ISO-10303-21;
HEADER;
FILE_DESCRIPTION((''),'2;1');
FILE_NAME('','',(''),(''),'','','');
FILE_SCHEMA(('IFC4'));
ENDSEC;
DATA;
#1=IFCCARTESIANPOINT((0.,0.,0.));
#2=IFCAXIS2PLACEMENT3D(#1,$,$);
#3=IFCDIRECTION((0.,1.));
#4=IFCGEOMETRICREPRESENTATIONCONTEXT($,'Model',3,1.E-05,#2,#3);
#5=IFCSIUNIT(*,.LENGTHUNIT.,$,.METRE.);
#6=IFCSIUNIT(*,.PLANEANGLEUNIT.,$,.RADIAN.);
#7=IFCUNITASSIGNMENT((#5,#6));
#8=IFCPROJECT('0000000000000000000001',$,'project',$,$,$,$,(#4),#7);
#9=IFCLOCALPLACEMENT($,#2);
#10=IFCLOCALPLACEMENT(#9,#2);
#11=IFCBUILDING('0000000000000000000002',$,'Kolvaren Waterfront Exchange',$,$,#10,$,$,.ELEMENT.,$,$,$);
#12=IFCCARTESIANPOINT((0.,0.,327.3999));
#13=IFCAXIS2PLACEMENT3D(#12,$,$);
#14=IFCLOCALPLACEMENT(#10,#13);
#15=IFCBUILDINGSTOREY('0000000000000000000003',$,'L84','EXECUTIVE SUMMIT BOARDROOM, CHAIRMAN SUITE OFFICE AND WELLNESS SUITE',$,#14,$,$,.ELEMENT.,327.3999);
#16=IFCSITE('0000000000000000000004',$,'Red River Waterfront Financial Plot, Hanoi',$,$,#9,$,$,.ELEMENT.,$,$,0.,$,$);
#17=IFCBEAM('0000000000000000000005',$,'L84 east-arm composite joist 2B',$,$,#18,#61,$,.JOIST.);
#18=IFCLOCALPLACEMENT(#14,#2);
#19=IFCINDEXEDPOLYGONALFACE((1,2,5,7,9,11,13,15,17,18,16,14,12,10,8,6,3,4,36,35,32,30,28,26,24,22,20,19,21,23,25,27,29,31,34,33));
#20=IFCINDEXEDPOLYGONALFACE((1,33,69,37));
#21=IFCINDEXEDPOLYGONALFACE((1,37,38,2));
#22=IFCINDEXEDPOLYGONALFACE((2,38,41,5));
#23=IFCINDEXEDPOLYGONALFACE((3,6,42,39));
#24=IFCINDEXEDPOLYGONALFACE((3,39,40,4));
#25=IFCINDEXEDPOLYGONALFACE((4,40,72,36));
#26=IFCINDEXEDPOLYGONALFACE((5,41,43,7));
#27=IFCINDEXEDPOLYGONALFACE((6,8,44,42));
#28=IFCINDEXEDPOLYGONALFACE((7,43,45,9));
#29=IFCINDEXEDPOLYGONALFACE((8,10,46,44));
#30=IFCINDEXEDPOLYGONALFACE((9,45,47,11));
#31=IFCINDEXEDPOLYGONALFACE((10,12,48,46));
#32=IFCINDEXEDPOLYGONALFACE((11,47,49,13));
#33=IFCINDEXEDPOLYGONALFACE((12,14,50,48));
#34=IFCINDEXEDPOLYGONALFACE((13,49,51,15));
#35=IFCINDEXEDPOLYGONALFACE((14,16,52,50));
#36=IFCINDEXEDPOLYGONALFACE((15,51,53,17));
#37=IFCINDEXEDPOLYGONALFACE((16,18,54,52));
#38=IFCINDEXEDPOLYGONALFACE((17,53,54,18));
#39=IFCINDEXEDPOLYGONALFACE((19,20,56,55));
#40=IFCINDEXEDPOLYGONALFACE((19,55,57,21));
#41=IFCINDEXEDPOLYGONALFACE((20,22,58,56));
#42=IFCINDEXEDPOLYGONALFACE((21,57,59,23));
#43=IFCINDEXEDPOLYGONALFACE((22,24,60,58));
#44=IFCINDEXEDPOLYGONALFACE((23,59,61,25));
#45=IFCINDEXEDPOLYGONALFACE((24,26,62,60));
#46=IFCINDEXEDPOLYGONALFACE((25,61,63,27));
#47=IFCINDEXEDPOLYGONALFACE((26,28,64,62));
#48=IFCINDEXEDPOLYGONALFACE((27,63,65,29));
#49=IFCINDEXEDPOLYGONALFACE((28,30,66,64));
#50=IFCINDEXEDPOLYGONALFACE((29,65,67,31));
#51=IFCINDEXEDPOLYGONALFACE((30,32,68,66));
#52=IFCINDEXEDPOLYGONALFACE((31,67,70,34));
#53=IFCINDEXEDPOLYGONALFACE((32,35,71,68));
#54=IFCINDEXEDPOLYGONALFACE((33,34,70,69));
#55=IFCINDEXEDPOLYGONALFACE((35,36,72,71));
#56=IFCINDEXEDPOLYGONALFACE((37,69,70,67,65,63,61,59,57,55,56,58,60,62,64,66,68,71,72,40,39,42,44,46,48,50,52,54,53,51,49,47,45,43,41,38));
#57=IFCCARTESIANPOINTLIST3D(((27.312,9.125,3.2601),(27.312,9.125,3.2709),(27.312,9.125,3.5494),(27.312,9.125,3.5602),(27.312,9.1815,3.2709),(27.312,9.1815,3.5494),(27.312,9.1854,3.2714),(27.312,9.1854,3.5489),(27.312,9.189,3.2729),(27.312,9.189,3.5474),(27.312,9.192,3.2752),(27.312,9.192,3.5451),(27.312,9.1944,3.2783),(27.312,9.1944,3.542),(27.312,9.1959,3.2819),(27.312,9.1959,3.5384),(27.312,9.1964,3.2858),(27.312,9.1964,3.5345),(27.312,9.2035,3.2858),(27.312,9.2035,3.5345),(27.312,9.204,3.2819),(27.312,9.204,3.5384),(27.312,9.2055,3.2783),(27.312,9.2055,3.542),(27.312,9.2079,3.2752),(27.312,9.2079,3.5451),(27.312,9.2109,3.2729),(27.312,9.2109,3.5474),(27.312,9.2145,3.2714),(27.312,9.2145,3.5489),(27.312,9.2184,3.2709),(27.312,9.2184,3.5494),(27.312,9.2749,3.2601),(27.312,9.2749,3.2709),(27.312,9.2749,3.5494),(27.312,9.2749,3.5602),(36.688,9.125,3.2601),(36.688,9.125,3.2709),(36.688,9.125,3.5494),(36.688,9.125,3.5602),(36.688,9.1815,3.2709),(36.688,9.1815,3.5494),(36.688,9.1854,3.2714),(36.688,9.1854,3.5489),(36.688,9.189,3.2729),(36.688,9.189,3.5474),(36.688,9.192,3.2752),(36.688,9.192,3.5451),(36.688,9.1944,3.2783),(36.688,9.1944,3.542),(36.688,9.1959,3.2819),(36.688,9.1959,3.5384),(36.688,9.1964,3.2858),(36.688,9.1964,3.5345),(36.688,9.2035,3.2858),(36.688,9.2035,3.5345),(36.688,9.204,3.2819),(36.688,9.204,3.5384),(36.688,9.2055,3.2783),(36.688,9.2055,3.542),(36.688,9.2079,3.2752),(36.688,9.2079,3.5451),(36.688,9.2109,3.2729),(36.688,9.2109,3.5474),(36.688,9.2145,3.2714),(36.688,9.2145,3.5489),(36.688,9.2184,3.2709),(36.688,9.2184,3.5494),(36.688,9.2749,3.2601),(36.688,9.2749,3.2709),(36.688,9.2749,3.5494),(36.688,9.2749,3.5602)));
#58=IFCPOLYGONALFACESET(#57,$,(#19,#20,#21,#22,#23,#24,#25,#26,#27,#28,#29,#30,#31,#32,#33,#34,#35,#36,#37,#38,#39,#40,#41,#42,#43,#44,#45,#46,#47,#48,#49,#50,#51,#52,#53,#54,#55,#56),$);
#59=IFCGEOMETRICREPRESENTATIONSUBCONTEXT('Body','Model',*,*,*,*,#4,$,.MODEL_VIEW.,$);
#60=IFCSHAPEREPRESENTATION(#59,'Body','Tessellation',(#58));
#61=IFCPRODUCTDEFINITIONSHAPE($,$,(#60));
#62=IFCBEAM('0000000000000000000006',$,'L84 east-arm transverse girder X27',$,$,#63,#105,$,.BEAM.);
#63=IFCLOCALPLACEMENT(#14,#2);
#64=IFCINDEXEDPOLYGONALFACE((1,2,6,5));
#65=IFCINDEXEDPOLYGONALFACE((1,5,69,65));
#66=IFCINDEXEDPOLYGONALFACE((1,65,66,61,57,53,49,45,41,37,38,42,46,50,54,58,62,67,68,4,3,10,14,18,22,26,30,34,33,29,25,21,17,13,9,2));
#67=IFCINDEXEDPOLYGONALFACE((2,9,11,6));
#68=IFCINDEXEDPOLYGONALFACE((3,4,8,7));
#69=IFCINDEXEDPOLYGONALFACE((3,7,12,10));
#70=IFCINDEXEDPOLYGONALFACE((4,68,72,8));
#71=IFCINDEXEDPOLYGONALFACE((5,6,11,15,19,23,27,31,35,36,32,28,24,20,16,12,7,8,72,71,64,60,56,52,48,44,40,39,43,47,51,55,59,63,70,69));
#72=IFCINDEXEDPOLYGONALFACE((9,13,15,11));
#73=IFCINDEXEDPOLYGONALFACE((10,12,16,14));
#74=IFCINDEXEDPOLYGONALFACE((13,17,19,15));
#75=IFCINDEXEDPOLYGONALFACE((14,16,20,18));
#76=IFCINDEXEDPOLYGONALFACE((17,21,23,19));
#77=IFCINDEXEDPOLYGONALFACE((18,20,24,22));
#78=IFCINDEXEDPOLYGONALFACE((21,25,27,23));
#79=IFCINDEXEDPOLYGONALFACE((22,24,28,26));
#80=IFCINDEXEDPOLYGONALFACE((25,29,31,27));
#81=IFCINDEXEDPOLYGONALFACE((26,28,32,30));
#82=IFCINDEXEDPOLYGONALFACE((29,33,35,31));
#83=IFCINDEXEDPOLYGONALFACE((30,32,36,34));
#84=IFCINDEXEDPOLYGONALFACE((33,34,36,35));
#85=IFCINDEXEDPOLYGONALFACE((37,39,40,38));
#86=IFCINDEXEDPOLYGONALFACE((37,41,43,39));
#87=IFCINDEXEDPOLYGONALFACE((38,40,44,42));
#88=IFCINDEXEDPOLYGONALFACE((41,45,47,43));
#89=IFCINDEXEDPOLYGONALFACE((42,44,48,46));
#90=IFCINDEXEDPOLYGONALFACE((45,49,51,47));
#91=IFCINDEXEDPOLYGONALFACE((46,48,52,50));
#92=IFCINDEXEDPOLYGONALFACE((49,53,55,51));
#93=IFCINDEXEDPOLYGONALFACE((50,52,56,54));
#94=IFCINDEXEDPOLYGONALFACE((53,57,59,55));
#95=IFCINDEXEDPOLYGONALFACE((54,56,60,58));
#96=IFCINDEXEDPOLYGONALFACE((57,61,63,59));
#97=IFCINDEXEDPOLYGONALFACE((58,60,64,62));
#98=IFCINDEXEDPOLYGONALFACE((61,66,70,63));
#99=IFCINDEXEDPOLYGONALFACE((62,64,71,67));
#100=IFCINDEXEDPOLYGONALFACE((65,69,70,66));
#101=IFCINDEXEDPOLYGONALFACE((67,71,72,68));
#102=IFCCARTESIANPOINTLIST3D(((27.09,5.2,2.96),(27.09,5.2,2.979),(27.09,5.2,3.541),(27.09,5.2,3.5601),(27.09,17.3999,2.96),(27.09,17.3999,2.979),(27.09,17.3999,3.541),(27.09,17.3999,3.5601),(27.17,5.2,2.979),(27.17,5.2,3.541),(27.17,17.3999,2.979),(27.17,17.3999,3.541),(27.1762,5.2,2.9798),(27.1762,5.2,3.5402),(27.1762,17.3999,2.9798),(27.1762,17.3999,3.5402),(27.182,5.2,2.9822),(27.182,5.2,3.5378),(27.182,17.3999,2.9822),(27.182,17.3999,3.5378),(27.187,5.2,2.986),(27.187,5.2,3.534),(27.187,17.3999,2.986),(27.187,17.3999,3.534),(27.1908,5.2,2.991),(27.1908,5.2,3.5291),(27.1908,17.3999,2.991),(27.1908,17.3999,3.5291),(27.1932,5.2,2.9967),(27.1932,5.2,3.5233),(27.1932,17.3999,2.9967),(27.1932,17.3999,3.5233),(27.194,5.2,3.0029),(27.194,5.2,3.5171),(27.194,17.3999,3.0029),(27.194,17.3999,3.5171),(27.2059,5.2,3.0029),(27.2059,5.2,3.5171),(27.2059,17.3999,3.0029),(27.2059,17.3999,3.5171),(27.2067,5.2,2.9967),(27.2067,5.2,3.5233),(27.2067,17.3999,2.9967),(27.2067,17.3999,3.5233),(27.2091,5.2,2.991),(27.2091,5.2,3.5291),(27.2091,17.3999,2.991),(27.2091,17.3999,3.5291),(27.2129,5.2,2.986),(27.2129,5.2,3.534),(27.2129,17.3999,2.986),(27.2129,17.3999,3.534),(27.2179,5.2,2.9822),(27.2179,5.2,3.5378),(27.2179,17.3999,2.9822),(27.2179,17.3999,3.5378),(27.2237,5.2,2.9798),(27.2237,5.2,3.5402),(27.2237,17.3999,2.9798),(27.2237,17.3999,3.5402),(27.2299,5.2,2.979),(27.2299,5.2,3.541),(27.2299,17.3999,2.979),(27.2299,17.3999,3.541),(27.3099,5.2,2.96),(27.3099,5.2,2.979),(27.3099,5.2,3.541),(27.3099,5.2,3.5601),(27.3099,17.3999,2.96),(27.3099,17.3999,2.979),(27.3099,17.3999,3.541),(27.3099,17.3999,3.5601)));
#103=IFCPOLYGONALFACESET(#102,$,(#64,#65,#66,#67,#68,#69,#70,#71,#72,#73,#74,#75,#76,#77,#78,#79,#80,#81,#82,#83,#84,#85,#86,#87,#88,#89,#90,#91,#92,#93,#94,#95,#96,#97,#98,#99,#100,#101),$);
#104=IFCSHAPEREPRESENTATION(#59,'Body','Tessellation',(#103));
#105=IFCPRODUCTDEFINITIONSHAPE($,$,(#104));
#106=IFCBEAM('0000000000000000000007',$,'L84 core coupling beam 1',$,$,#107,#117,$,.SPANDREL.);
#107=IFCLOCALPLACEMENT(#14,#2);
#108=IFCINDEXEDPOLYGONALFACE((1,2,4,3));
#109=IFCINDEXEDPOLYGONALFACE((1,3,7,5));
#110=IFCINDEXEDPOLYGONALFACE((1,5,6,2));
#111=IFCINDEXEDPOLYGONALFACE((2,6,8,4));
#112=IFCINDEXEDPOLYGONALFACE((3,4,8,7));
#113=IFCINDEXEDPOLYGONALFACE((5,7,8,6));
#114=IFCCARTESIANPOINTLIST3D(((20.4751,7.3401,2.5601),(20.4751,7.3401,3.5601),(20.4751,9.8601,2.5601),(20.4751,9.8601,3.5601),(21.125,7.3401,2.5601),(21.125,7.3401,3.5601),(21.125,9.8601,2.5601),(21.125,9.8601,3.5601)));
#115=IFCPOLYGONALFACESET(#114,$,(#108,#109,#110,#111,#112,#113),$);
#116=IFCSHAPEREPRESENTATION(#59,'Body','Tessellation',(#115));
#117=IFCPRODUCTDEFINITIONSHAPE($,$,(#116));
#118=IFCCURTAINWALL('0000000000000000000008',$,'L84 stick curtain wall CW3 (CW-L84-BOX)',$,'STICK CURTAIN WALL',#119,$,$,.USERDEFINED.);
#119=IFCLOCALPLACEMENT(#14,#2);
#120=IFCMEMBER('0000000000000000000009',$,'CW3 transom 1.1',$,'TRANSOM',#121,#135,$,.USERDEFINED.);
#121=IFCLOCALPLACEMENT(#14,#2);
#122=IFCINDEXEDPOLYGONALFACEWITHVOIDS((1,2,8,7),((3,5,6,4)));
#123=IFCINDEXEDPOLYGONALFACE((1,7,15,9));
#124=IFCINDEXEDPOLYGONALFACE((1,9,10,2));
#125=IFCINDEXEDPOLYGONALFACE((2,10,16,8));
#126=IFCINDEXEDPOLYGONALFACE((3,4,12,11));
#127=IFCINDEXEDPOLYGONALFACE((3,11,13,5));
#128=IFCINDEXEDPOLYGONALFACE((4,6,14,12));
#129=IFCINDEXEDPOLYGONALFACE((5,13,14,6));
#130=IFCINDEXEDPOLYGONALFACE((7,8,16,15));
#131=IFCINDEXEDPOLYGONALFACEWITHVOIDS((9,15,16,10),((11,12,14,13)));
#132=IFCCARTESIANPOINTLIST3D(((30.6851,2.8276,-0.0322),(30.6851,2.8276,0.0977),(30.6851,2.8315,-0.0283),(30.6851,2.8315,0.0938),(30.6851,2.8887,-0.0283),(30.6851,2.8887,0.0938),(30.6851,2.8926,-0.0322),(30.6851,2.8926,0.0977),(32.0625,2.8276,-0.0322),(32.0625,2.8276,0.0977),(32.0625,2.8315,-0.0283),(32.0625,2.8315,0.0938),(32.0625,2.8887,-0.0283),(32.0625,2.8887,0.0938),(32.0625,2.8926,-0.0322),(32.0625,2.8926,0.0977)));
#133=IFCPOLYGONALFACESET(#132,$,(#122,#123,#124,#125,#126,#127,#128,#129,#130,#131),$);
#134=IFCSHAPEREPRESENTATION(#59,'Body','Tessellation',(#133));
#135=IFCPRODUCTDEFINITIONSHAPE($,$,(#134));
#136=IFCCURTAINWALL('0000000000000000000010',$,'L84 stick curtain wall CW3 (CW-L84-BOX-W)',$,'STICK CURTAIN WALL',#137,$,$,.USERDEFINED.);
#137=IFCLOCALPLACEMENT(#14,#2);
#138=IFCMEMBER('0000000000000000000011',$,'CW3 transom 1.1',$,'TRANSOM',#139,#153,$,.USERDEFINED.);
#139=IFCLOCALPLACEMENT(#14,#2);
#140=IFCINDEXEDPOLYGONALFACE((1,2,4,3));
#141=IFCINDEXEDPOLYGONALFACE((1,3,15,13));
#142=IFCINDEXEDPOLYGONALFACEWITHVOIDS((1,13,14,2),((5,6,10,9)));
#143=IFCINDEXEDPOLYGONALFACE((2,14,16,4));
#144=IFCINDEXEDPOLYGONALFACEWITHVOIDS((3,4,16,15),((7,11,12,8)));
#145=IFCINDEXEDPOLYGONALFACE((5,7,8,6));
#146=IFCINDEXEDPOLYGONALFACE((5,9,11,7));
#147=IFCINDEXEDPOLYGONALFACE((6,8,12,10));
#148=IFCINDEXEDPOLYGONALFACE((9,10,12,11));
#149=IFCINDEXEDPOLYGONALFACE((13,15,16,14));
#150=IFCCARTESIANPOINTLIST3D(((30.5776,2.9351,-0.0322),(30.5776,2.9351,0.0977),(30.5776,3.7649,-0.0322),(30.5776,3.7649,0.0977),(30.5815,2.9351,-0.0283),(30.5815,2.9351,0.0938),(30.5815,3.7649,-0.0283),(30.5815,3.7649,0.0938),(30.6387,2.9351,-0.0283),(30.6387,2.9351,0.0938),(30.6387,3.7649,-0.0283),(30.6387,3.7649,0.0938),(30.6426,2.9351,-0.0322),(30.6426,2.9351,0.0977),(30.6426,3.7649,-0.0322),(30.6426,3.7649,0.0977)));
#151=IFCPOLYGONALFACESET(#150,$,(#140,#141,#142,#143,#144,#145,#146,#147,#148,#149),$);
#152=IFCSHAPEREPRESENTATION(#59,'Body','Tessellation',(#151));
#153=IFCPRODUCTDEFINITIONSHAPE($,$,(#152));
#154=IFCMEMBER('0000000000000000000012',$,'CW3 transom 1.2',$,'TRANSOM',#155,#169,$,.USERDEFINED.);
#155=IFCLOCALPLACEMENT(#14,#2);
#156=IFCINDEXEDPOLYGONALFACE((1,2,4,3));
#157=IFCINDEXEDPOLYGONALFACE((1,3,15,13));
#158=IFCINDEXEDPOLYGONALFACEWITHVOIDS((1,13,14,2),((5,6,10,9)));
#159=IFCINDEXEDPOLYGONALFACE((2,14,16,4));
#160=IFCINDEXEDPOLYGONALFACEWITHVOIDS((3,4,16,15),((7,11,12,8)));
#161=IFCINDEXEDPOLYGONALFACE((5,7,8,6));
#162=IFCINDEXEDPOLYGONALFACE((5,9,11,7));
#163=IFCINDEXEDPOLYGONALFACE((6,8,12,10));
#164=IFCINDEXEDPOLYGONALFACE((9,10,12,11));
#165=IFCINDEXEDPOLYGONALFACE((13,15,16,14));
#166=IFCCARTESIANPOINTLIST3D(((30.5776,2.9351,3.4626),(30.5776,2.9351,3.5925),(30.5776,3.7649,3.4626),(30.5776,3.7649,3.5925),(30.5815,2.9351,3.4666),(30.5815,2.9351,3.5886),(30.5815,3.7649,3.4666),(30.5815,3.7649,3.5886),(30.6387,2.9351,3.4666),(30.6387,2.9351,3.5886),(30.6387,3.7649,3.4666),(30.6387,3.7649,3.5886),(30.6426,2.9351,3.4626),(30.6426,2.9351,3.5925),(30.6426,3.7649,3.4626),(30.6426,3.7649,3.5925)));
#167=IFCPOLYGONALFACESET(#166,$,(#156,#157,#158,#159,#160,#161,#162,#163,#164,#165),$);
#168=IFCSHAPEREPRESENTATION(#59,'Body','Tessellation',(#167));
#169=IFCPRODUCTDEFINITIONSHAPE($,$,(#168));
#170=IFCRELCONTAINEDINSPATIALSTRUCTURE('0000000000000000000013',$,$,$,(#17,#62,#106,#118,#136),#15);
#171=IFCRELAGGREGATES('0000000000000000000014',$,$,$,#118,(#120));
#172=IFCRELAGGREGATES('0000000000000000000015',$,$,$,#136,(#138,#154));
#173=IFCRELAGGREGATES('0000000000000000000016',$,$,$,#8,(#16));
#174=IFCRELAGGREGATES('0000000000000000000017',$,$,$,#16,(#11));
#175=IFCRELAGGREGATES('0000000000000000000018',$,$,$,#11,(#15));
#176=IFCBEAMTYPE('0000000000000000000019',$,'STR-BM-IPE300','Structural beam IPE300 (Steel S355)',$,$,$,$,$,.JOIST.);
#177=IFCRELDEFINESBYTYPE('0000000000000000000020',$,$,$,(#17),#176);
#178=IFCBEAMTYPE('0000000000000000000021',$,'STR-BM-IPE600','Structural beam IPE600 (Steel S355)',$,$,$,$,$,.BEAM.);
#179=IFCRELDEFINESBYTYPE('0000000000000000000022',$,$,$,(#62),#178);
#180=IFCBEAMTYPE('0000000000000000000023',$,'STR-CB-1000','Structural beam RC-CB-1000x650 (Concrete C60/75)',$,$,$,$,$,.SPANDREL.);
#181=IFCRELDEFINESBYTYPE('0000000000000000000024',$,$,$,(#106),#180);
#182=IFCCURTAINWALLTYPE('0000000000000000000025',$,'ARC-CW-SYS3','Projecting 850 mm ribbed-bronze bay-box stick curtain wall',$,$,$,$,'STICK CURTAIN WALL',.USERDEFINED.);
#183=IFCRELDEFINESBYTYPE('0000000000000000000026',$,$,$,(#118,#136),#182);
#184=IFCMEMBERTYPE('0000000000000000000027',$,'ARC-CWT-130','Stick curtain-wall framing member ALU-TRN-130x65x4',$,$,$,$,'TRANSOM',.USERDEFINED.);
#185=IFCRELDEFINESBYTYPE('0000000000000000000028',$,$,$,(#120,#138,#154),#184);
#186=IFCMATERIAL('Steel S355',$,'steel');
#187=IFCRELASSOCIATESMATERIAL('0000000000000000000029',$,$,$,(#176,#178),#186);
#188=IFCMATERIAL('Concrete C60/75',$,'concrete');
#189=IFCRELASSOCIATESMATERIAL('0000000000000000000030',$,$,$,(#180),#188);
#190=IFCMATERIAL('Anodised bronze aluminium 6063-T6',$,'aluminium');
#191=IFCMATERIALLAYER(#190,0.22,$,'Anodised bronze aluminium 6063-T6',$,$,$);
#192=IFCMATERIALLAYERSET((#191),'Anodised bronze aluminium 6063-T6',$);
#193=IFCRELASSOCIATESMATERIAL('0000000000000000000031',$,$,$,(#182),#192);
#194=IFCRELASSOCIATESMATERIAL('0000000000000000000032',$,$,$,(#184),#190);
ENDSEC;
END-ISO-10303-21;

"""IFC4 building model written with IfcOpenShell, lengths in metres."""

from ifc_helpers import new_model, si_unit, direction, frame, origin, origin_with_axes, origin_2d, place, context, subcontext, project, spatial, rectangle, hollow_rectangle, i_section, extrude, source, transform, mapped, material, layer, layer_set, material_profile, profile_set, type_object, element, aggregate, save


model = new_model("IFC4")

# Units and contexts
model_context = context("Model", 3, precision=1e-05, world=origin(), true_north=direction((0.0, 1.0)))
body_context = subcontext(model_context, "Body", "Model", "MODEL_VIEW")
ifc_project = project(units=[si_unit("LENGTHUNIT", "METRE"), si_unit("PLANEANGLEUNIT", "RADIAN")], contexts=[model_context])

# Site, building, storey
site_placement = place(None, origin())
site = spatial("IfcSite", under=ifc_project, at=site_placement, Name="Red River Waterfront Financial Plot, Hanoi", CompositionType="ELEMENT", RefElevation=0.0)
building_placement = place(site_placement, origin())
building = spatial("IfcBuilding", under=site, at=building_placement, Name="Kolvaren Waterfront Exchange", CompositionType="ELEMENT")
storey_placement = place(building_placement, frame((0.0, 0.0, 327.3999)))
storey = spatial("IfcBuildingStorey", under=building, at=storey_placement, Name="L84", Description="EXECUTIVE SUMMIT BOARDROOM, CHAIRMAN SUITE OFFICE AND WELLNESS SUITE", CompositionType="ELEMENT", Elevation=327.3999)

# Beams
ifc_material_1 = material(Name="Steel S355", Category="steel")
ifc_material_profile_1 = material_profile(ifc_material_1, i_section(OverallWidth=0.1499, OverallDepth=0.3, WebThickness=0.0071, FlangeThickness=0.0107, FilletRadius=0.0149, at=origin_2d()), Name="IPE300")
ifc_profile_set_1 = profile_set([ifc_material_profile_1], Name="Steel S355")
beam_type_1 = type_object("IfcBeamType", Name="STR-BM-IPE300", Description="Structural beam IPE300 (Steel S355)", PredefinedType="JOIST", material=ifc_profile_set_1)
beam_1_placement = place(storey_placement, frame((27.312, 9.2, 3.4102), z_axis=(1.0, 0.0, 0.0), x_axis=(0.0, 1.0, 0.0)))
element("IfcBeam", 1, at=beam_1_placement, inside=storey, type_object=beam_type_1, Name="L84 east-arm composite joist 2B", PredefinedType="JOIST", context=body_context, shape_type="SweptSolid", body=[
    extrude(i_section(OverallWidth=0.1499, OverallDepth=0.3, WebThickness=0.0071, FlangeThickness=0.0107, FilletRadius=0.0149, at=origin_2d()), origin(), (0.0, 0.0, 1.0), 9.376),
])
ifc_material_profile_2 = material_profile(ifc_material_1, i_section(OverallWidth=0.22, OverallDepth=0.6001, WebThickness=0.012, FlangeThickness=0.019, FilletRadius=0.0239, at=origin_2d()), Name="IPE600")
ifc_profile_set_2 = profile_set([ifc_material_profile_2], Name="Steel S355")
beam_type_2 = type_object("IfcBeamType", Name="STR-BM-IPE600", Description="Structural beam IPE600 (Steel S355)", PredefinedType="BEAM", material=ifc_profile_set_2)
beam_2_placement = place(storey_placement, frame((27.2, 5.2, 3.26), z_axis=(0.0, 1.0, 0.0), x_axis=(-1.0, 0.0, 0.0)))
element("IfcBeam", 2, at=beam_2_placement, inside=storey, type_object=beam_type_2, Name="L84 east-arm transverse girder X27", PredefinedType="BEAM", context=body_context, shape_type="SweptSolid", body=[
    extrude(i_section(OverallWidth=0.22, OverallDepth=0.6001, WebThickness=0.012, FlangeThickness=0.019, FilletRadius=0.0239, at=origin_2d()), origin(), (0.0, 0.0, 1.0), 12.2),
])
ifc_material_2 = material(Name="Concrete C60/75", Category="concrete")
ifc_material_profile_3 = material_profile(ifc_material_2, rectangle(XDim=0.6499, YDim=1.0, at=origin_2d()), Name="RC-CB-1000x650")
ifc_profile_set_3 = profile_set([ifc_material_profile_3], Name="Concrete C60/75")
beam_type_3 = type_object("IfcBeamType", Name="STR-CB-1000", Description="Structural beam RC-CB-1000x650 (Concrete C60/75)", PredefinedType="SPANDREL", material=ifc_profile_set_3)
beam_3_placement = place(storey_placement, frame((20.8, 7.3401, 3.0601), z_axis=(0.0, 1.0, 0.0), x_axis=(-1.0, 0.0, 0.0)))
element("IfcBeam", 3, at=beam_3_placement, inside=storey, type_object=beam_type_3, Name="L84 core coupling beam 1", PredefinedType="SPANDREL", context=body_context, shape_type="SweptSolid", body=[
    extrude(rectangle(XDim=0.6499, YDim=1.0, at=origin_2d()), origin(), (0.0, 0.0, 1.0), 2.52),
])

# Curtain wall, member
ifc_material_3 = material(Name="Anodised bronze aluminium 6063-T6", Category="aluminium")
ifc_layer_1 = layer(ifc_material_3, 0.22, Name="Anodised bronze aluminium 6063-T6")
ifc_layer_set_1 = layer_set([ifc_layer_1], Name="Anodised bronze aluminium 6063-T6")
curtain_wall_type_1 = type_object("IfcCurtainWallType", Name="ARC-CW-SYS3", Description="Projecting 850 mm ribbed-bronze bay-box stick curtain wall", ElementType="STICK CURTAIN WALL", PredefinedType="USERDEFINED", material=ifc_layer_set_1)
curtain_wall_1_placement = place(storey_placement, origin())
curtain_wall_1 = element("IfcCurtainWall", 4, at=curtain_wall_1_placement, inside=storey, type_object=curtain_wall_type_1, Name="L84 stick curtain wall CW3 (CW-L84-BOX)", ObjectType="STICK CURTAIN WALL", PredefinedType="USERDEFINED")
ifc_material_profile_4 = material_profile(ifc_material_3, hollow_rectangle(XDim=0.0649, YDim=0.1299, WallThickness=0.0039, at=origin_2d()), Name="ALU-TRN-130x65x4")
ifc_profile_set_4 = profile_set([ifc_material_profile_4], Name="Anodised bronze aluminium 6063-T6")
member_type_1 = type_object("IfcMemberType", Name="ARC-CWT-130", Description="Stick curtain-wall framing member ALU-TRN-130x65x4", ElementType="TRANSOM", PredefinedType="USERDEFINED", material=ifc_profile_set_4)
shared_shape_1 = source(origin_with_axes(), body_context, "Body", "SweptSolid", [
    extrude(hollow_rectangle(XDim=0.0649, YDim=0.1299, WallThickness=0.0039, at=origin_2d()), origin(), (0.0, 0.0, 1.0), 1.3774),
])
member_1_placement = place(storey_placement, frame((30.6851, 2.8601, 0.0327), z_axis=(1.0, 0.0, 0.0), x_axis=(0.0, 1.0, 0.0)))
member_1 = element("IfcMember", 5, at=member_1_placement, type_object=member_type_1, Name="CW3 transom 1.1", ObjectType="TRANSOM", PredefinedType="USERDEFINED", context=body_context, shape_type="MappedRepresentation", body=[
    mapped(shared_shape_1, transform((0.0, 0.0, 0.0), x_axis=(1.0, 0.0, 0.0), y_axis=(0.0, 1.0, 0.0), z_axis=(0.0, 0.0, 1.0), scale=1.0)),
])

# Curtain wall, members
curtain_wall_2_placement = place(storey_placement, origin())
curtain_wall_2 = element("IfcCurtainWall", 6, at=curtain_wall_2_placement, inside=storey, type_object=curtain_wall_type_1, Name="L84 stick curtain wall CW3 (CW-L84-BOX-W)", ObjectType="STICK CURTAIN WALL", PredefinedType="USERDEFINED")
shared_shape_2 = source(origin_with_axes(), body_context, "Body", "SweptSolid", [
    extrude(hollow_rectangle(XDim=0.0649, YDim=0.1299, WallThickness=0.0039, at=origin_2d()), origin(), (0.0, 0.0, 1.0), 0.8298),
])
member_2_placement = place(storey_placement, frame((30.6101, 3.7649, 0.0327), z_axis=(0.0, -1.0, 0.0), x_axis=(1.0, 0.0, 0.0)))
member_2 = element("IfcMember", 7, at=member_2_placement, type_object=member_type_1, Name="CW3 transom 1.1", ObjectType="TRANSOM", PredefinedType="USERDEFINED", context=body_context, shape_type="MappedRepresentation", body=[
    mapped(shared_shape_2, transform((0.0, 0.0, 0.0), x_axis=(1.0, 0.0, 0.0), y_axis=(0.0, 1.0, 0.0), z_axis=(0.0, 0.0, 1.0), scale=1.0)),
])
member_3_placement = place(storey_placement, frame((30.6101, 3.7649, 3.5276), z_axis=(0.0, -1.0, 0.0), x_axis=(1.0, 0.0, 0.0)))
member_3 = element("IfcMember", 8, at=member_3_placement, type_object=member_type_1, Name="CW3 transom 1.2", ObjectType="TRANSOM", PredefinedType="USERDEFINED", context=body_context, shape_type="MappedRepresentation", body=[
    mapped(shared_shape_2, transform((0.0, 0.0, 0.0), x_axis=(1.0, 0.0, 0.0), y_axis=(0.0, 1.0, 0.0), z_axis=(0.0, 0.0, 1.0), scale=1.0)),
])

aggregate(curtain_wall_1, [member_1])

aggregate(curtain_wall_2, [member_2, member_3])

save(model, "model.ifc")
